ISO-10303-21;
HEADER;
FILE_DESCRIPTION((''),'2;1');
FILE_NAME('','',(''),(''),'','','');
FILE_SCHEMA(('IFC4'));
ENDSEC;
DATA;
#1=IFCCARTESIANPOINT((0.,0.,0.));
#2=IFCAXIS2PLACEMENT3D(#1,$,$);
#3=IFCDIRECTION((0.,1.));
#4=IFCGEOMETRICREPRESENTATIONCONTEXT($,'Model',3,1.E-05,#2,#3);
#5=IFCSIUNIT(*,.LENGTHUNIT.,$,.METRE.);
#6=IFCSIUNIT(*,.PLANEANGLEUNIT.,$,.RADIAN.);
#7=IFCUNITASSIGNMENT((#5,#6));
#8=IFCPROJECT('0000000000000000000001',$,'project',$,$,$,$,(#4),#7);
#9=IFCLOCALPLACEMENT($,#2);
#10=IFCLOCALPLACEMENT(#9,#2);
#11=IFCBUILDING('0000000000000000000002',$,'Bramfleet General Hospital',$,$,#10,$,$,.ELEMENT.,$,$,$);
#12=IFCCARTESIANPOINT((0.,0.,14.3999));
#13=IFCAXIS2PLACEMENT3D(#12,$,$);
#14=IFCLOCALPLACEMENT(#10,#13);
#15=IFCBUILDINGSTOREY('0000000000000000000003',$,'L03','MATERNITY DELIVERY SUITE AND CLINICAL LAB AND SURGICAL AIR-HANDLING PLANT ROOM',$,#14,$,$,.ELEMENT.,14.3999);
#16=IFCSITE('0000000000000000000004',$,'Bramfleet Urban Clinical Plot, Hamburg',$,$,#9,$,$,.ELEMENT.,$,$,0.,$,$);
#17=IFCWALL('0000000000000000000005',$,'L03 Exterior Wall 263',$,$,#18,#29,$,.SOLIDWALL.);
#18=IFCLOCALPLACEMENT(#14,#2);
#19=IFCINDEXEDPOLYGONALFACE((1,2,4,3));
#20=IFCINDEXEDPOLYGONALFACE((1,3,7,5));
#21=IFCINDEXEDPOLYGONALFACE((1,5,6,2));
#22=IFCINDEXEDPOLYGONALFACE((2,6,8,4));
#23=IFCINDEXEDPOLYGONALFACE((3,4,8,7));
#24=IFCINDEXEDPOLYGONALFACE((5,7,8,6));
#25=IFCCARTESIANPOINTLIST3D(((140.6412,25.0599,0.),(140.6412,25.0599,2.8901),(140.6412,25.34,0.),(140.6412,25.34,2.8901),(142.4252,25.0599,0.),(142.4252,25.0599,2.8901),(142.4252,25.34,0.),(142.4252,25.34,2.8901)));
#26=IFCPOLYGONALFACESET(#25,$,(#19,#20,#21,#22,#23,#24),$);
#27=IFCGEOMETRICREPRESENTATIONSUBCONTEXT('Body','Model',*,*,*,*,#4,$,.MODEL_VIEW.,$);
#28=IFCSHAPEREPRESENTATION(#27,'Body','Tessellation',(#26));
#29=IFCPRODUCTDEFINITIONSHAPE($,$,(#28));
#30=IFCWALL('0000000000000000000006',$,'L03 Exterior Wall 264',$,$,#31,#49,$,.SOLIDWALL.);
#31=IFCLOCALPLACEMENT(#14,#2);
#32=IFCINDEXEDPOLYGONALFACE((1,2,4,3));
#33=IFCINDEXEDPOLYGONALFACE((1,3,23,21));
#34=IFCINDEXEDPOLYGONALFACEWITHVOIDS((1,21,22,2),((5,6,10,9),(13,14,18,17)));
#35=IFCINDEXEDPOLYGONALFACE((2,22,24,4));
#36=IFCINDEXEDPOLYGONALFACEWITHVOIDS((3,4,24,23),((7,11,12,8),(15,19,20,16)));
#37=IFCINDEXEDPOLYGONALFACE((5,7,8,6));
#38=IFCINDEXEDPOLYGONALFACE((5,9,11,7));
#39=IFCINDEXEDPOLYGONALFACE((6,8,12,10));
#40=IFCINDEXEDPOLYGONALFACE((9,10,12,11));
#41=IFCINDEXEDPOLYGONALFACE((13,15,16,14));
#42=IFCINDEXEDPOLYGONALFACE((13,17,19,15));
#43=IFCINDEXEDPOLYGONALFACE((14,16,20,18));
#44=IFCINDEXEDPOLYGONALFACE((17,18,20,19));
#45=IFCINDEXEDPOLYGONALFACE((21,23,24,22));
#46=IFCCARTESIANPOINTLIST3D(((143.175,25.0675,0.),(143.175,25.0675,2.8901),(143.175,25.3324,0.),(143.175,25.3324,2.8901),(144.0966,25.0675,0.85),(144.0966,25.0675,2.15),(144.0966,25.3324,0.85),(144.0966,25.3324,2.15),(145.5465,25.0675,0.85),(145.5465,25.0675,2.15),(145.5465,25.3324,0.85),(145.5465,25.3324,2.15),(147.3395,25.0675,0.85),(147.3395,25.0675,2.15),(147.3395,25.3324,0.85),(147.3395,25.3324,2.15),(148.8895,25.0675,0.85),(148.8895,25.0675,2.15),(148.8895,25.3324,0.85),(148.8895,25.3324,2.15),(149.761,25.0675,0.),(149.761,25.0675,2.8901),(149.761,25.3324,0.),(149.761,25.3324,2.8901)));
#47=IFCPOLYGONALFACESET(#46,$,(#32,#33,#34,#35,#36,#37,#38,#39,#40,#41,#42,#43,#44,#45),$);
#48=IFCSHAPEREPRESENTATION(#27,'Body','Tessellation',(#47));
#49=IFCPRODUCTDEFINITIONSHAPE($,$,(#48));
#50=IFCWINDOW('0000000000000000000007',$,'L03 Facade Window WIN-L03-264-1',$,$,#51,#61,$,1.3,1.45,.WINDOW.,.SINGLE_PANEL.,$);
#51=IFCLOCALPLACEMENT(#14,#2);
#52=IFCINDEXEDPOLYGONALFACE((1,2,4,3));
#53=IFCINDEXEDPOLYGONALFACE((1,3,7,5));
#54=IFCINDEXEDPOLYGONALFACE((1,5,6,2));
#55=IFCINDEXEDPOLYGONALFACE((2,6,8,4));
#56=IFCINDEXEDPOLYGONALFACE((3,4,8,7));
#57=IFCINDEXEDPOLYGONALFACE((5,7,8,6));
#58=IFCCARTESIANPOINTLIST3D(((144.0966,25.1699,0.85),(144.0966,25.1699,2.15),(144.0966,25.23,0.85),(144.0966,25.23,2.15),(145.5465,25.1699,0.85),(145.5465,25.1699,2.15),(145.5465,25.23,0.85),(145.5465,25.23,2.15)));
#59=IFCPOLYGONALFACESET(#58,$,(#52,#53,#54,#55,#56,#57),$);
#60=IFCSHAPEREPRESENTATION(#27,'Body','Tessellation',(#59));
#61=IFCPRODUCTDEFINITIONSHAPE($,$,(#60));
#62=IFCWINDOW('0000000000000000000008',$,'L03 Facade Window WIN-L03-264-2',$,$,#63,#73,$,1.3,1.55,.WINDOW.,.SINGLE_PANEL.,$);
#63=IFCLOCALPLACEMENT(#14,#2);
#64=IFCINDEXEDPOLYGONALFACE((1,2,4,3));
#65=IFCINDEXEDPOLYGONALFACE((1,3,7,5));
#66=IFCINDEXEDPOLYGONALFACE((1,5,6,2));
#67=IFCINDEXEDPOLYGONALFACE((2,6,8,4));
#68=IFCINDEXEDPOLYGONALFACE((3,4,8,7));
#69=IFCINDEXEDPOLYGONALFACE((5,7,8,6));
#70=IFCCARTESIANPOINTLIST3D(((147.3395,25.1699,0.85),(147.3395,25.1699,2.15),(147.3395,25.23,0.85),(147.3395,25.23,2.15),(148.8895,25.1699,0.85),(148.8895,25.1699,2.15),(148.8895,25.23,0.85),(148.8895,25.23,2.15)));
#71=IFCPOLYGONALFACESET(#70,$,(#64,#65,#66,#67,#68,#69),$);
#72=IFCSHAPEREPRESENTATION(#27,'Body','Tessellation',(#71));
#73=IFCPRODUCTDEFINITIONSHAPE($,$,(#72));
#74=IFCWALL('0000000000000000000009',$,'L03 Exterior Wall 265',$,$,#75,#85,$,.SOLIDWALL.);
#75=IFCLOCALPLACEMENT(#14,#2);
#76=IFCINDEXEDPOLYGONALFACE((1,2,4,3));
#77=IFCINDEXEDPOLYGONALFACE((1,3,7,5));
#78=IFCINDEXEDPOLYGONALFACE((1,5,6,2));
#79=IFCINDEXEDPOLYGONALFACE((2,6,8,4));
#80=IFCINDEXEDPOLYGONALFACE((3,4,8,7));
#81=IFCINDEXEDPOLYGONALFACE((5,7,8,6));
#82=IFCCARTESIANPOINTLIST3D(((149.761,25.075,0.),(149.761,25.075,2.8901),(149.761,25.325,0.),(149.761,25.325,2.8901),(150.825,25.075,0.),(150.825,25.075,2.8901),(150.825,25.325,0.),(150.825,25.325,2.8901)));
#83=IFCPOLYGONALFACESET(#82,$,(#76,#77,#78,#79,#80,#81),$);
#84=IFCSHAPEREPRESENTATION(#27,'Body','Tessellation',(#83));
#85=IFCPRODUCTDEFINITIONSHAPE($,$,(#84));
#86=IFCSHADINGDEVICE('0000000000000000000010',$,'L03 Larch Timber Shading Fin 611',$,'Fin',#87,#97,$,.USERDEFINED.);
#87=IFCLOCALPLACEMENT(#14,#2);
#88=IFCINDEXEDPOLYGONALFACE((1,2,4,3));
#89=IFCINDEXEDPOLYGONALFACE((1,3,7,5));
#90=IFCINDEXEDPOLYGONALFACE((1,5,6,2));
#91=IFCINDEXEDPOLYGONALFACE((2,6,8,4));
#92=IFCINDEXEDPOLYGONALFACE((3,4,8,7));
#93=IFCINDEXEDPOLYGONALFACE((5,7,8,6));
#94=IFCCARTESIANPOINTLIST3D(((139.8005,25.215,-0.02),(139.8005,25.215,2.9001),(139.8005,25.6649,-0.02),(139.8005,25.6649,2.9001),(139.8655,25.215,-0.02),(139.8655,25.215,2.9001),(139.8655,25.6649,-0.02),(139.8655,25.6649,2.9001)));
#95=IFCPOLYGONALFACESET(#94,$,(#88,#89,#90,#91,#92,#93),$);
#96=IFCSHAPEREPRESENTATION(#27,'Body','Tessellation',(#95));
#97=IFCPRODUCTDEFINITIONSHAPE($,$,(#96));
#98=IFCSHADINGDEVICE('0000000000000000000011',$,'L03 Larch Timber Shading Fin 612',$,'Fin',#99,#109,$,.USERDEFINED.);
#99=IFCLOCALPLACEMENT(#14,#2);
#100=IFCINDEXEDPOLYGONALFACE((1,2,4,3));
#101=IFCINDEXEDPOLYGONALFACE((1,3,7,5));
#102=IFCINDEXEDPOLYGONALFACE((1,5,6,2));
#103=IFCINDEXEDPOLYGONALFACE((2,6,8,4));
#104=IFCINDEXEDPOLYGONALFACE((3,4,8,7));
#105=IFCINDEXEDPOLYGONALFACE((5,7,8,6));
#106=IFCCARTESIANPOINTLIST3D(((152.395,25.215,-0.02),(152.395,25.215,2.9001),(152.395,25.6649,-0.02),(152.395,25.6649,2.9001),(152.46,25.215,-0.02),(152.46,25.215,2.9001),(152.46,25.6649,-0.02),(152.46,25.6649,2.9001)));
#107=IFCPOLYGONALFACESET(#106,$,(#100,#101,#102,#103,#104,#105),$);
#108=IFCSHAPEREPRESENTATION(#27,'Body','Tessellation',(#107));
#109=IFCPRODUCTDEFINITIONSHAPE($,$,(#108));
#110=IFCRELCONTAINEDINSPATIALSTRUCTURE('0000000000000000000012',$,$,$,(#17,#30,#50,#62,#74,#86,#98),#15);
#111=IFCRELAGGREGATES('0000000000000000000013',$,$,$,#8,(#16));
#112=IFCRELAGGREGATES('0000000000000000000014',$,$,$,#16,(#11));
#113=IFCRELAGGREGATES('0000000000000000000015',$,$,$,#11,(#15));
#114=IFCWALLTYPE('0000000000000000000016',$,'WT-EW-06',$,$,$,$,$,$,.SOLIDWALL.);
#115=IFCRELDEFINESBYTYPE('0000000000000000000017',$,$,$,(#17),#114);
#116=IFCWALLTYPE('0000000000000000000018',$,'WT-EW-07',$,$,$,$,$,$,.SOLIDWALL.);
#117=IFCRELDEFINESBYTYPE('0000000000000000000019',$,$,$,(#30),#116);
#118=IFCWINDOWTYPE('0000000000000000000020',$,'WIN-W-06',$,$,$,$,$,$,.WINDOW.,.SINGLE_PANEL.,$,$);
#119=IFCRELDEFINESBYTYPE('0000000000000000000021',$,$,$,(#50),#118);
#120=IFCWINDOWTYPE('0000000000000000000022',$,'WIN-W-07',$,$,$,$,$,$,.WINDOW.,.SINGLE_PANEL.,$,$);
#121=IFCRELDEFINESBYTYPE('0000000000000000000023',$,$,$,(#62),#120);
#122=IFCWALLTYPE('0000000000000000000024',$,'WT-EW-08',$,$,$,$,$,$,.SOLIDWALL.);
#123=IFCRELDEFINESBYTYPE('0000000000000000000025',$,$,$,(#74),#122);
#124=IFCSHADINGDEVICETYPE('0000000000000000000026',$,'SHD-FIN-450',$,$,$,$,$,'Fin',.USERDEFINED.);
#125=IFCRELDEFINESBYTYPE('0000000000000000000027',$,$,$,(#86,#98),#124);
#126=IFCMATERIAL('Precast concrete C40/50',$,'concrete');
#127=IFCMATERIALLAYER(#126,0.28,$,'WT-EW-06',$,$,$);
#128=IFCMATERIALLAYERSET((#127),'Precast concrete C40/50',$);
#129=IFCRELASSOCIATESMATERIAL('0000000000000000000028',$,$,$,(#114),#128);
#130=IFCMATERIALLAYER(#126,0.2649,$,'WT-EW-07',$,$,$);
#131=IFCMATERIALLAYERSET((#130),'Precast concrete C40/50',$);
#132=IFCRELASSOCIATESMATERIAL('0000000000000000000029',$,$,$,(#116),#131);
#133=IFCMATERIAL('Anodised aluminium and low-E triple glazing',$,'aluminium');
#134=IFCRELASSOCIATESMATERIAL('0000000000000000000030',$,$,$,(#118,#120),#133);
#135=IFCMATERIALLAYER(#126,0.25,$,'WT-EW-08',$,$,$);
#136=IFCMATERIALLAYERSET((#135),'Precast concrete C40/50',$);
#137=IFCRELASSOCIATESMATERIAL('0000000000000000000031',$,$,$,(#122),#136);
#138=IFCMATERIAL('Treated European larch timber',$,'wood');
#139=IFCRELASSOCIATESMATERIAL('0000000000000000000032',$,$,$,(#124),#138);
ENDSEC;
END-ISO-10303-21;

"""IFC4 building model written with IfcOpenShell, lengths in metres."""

from ifc_helpers import new_model, si_unit, direction, frame, frame_2d, origin, origin_2d, place, context, subcontext, project, spatial, rectangle, extrude, material, layer, layer_set, material_profile, profile_set, type_object, element, fill, save


model = new_model("IFC4")

# Units and contexts
model_context = context("Model", 3, precision=1e-05, world=origin(), true_north=direction((0.0, 1.0)))
body_context = subcontext(model_context, "Body", "Model", "MODEL_VIEW")
ifc_project = project(units=[si_unit("LENGTHUNIT", "METRE"), si_unit("PLANEANGLEUNIT", "RADIAN")], contexts=[model_context])

# Site, building, storey
site_placement = place(None, origin())
site = spatial("IfcSite", under=ifc_project, at=site_placement, Name="Bramfleet Urban Clinical Plot, Hamburg", CompositionType="ELEMENT", RefElevation=0.0)
building_placement = place(site_placement, origin())
building = spatial("IfcBuilding", under=site, at=building_placement, Name="Bramfleet General Hospital", CompositionType="ELEMENT")
storey_placement = place(building_placement, frame((0.0, 0.0, 14.3999)))
storey = spatial("IfcBuildingStorey", under=building, at=storey_placement, Name="L03", Description="MATERNITY DELIVERY SUITE AND CLINICAL LAB AND SURGICAL AIR-HANDLING PLANT ROOM", CompositionType="ELEMENT", Elevation=14.3999)

# Shared definitions
ifc_material_1 = material(Name="Anodised aluminium and low-E triple glazing", Category="aluminium")

# Wall
ifc_material_2 = material(Name="Precast concrete C40/50", Category="concrete")
ifc_layer_1 = layer(ifc_material_2, 0.28, Name="WT-EW-06")
ifc_layer_set_1 = layer_set([ifc_layer_1], Name="Precast concrete C40/50")
wall_type_1 = type_object("IfcWallType", Name="WT-EW-06", PredefinedType="SOLIDWALL", material=ifc_layer_set_1)
wall_1_placement = place(storey_placement, frame((140.6411, 25.2, 0.0), z_axis=(0.0, 0.0, 1.0), x_axis=(1.0, 0.0, 0.0)))
element("IfcWall", 1, at=wall_1_placement, inside=storey, type_object=wall_type_1, Name="L03 Exterior Wall 263", PredefinedType="SOLIDWALL", context=body_context, shape_type="SweptSolid", body=[
    extrude(rectangle(XDim=1.7839, YDim=0.28, at=frame_2d((0.8921, 0.0))), origin(), (0.0, 0.0, 1.0), 2.8901),
])

# Wall, openings, windows
ifc_layer_2 = layer(ifc_material_2, 0.2649, Name="WT-EW-07")
ifc_layer_set_2 = layer_set([ifc_layer_2], Name="Precast concrete C40/50")
wall_type_2 = type_object("IfcWallType", Name="WT-EW-07", PredefinedType="SOLIDWALL", material=ifc_layer_set_2)
wall_2_placement = place(storey_placement, frame((143.175, 25.2, 0.0), z_axis=(0.0, 0.0, 1.0), x_axis=(1.0, 0.0, 0.0)))
wall_2 = element("IfcWall", 2, at=wall_2_placement, inside=storey, type_object=wall_type_2, Name="L03 Exterior Wall 264", PredefinedType="SOLIDWALL", context=body_context, shape_type="SweptSolid", body=[
    extrude(rectangle(XDim=6.5859, YDim=0.2649, at=frame_2d((3.293, 0.0))), origin(), (0.0, 0.0, 1.0), 2.8901),
])
opening_1_placement = place(wall_2_placement, frame((0.9214, 0.0, 0.8501)))
opening_1 = element("IfcOpeningElement", 3, at=opening_1_placement, cuts=wall_2, PredefinedType="OPENING", context=body_context, shape_type="SweptSolid", body=[
    extrude(rectangle(XDim=1.45, YDim=1.3, at=frame_2d((0.7251, 0.6499))), frame((0.0, 0.1423, 0.0), z_axis=(0.0, -1.0, 0.0), x_axis=(1.0, 0.0, 0.0)), (0.0, 0.0, 1.0), 0.2849),
])
opening_2_placement = place(wall_2_placement, frame((4.1646, 0.0, 0.8501)))
opening_2 = element("IfcOpeningElement", 4, at=opening_2_placement, cuts=wall_2, PredefinedType="OPENING", context=body_context, shape_type="SweptSolid", body=[
    extrude(rectangle(XDim=1.55, YDim=1.3, at=frame_2d((0.7749, 0.6499))), frame((0.0, 0.1423, 0.0), z_axis=(0.0, -1.0, 0.0), x_axis=(1.0, 0.0, 0.0)), (0.0, 0.0, 1.0), 0.2849),
])
window_type_1 = type_object("IfcWindowType", Name="WIN-W-06", PartitioningType="SINGLE_PANEL", PredefinedType="WINDOW", material=ifc_material_1)
window_1_placement = place(opening_1_placement, origin())
window_1 = element("IfcWindow", 5, at=window_1_placement, inside=storey, type_object=window_type_1, Name="L03 Facade Window WIN-L03-264-1", OverallHeight=1.3, OverallWidth=1.45, PartitioningType="SINGLE_PANEL", PredefinedType="WINDOW", context=body_context, shape_type="SweptSolid", body=[
    extrude(rectangle(XDim=1.45, YDim=1.3, at=frame_2d((0.7251, 0.6499))), frame((0.0, 0.03, 0.0), z_axis=(0.0, -1.0, 0.0), x_axis=(1.0, 0.0, 0.0)), (0.0, 0.0, 1.0), 0.0601),
])
fill(opening_1, window_1)
window_type_2 = type_object("IfcWindowType", Name="WIN-W-07", PartitioningType="SINGLE_PANEL", PredefinedType="WINDOW", material=ifc_material_1)
window_2_placement = place(opening_2_placement, origin())
window_2 = element("IfcWindow", 6, at=window_2_placement, inside=storey, type_object=window_type_2, Name="L03 Facade Window WIN-L03-264-2", OverallHeight=1.3, OverallWidth=1.55, PartitioningType="SINGLE_PANEL", PredefinedType="WINDOW", context=body_context, shape_type="SweptSolid", body=[
    extrude(rectangle(XDim=1.55, YDim=1.3, at=frame_2d((0.7749, 0.6499))), frame((0.0, 0.03, 0.0), z_axis=(0.0, -1.0, 0.0), x_axis=(1.0, 0.0, 0.0)), (0.0, 0.0, 1.0), 0.0601),
])
fill(opening_2, window_2)

# Wall
ifc_layer_3 = layer(ifc_material_2, 0.25, Name="WT-EW-08")
ifc_layer_set_3 = layer_set([ifc_layer_3], Name="Precast concrete C40/50")
wall_type_3 = type_object("IfcWallType", Name="WT-EW-08", PredefinedType="SOLIDWALL", material=ifc_layer_set_3)
wall_3_placement = place(storey_placement, frame((149.761, 25.2, 0.0), z_axis=(0.0, 0.0, 1.0), x_axis=(1.0, 0.0, 0.0)))
element("IfcWall", 7, at=wall_3_placement, inside=storey, type_object=wall_type_3, Name="L03 Exterior Wall 265", PredefinedType="SOLIDWALL", context=body_context, shape_type="SweptSolid", body=[
    extrude(rectangle(XDim=1.064, YDim=0.25, at=frame_2d((0.532, 0.0))), origin(), (0.0, 0.0, 1.0), 2.8901),
])

# Shading devices
ifc_material_3 = material(Name="Treated European larch timber", Category="wood")
ifc_material_profile_1 = material_profile(ifc_material_3, rectangle(XDim=0.0649, YDim=0.45, at=origin_2d()), Name="LARCH FIN 450x65")
ifc_profile_set_1 = profile_set([ifc_material_profile_1], Name="Treated European larch timber")
shading_device_type = type_object("IfcShadingDeviceType", Name="SHD-FIN-450", ElementType="Fin", PredefinedType="USERDEFINED", material=ifc_profile_set_1)
for number, where, z_axis, x_axis, name in (
    (8, (139.833, 25.4399, -0.02), (0.0, 0.0, 1.0), (1.0, 0.0, 0.0), "L03 Larch Timber Shading Fin 611"),
    (9, (152.4275, 25.4399, -0.02), (0.0, 0.0, 1.0), (1.0, 0.0, 0.0), "L03 Larch Timber Shading Fin 612"),
):
    element("IfcShadingDevice", number, at=place(storey_placement, frame(where, z_axis=z_axis, x_axis=x_axis)), inside=storey, type_object=shading_device_type, Name=name, ObjectType="Fin", PredefinedType="USERDEFINED", context=body_context, shape_type="SweptSolid", body=[
        extrude(rectangle(XDim=0.0649, YDim=0.45, at=origin_2d()), origin(), (0.0, 0.0, 1.0), 2.9202),
    ])

save(model, "model.ifc")
